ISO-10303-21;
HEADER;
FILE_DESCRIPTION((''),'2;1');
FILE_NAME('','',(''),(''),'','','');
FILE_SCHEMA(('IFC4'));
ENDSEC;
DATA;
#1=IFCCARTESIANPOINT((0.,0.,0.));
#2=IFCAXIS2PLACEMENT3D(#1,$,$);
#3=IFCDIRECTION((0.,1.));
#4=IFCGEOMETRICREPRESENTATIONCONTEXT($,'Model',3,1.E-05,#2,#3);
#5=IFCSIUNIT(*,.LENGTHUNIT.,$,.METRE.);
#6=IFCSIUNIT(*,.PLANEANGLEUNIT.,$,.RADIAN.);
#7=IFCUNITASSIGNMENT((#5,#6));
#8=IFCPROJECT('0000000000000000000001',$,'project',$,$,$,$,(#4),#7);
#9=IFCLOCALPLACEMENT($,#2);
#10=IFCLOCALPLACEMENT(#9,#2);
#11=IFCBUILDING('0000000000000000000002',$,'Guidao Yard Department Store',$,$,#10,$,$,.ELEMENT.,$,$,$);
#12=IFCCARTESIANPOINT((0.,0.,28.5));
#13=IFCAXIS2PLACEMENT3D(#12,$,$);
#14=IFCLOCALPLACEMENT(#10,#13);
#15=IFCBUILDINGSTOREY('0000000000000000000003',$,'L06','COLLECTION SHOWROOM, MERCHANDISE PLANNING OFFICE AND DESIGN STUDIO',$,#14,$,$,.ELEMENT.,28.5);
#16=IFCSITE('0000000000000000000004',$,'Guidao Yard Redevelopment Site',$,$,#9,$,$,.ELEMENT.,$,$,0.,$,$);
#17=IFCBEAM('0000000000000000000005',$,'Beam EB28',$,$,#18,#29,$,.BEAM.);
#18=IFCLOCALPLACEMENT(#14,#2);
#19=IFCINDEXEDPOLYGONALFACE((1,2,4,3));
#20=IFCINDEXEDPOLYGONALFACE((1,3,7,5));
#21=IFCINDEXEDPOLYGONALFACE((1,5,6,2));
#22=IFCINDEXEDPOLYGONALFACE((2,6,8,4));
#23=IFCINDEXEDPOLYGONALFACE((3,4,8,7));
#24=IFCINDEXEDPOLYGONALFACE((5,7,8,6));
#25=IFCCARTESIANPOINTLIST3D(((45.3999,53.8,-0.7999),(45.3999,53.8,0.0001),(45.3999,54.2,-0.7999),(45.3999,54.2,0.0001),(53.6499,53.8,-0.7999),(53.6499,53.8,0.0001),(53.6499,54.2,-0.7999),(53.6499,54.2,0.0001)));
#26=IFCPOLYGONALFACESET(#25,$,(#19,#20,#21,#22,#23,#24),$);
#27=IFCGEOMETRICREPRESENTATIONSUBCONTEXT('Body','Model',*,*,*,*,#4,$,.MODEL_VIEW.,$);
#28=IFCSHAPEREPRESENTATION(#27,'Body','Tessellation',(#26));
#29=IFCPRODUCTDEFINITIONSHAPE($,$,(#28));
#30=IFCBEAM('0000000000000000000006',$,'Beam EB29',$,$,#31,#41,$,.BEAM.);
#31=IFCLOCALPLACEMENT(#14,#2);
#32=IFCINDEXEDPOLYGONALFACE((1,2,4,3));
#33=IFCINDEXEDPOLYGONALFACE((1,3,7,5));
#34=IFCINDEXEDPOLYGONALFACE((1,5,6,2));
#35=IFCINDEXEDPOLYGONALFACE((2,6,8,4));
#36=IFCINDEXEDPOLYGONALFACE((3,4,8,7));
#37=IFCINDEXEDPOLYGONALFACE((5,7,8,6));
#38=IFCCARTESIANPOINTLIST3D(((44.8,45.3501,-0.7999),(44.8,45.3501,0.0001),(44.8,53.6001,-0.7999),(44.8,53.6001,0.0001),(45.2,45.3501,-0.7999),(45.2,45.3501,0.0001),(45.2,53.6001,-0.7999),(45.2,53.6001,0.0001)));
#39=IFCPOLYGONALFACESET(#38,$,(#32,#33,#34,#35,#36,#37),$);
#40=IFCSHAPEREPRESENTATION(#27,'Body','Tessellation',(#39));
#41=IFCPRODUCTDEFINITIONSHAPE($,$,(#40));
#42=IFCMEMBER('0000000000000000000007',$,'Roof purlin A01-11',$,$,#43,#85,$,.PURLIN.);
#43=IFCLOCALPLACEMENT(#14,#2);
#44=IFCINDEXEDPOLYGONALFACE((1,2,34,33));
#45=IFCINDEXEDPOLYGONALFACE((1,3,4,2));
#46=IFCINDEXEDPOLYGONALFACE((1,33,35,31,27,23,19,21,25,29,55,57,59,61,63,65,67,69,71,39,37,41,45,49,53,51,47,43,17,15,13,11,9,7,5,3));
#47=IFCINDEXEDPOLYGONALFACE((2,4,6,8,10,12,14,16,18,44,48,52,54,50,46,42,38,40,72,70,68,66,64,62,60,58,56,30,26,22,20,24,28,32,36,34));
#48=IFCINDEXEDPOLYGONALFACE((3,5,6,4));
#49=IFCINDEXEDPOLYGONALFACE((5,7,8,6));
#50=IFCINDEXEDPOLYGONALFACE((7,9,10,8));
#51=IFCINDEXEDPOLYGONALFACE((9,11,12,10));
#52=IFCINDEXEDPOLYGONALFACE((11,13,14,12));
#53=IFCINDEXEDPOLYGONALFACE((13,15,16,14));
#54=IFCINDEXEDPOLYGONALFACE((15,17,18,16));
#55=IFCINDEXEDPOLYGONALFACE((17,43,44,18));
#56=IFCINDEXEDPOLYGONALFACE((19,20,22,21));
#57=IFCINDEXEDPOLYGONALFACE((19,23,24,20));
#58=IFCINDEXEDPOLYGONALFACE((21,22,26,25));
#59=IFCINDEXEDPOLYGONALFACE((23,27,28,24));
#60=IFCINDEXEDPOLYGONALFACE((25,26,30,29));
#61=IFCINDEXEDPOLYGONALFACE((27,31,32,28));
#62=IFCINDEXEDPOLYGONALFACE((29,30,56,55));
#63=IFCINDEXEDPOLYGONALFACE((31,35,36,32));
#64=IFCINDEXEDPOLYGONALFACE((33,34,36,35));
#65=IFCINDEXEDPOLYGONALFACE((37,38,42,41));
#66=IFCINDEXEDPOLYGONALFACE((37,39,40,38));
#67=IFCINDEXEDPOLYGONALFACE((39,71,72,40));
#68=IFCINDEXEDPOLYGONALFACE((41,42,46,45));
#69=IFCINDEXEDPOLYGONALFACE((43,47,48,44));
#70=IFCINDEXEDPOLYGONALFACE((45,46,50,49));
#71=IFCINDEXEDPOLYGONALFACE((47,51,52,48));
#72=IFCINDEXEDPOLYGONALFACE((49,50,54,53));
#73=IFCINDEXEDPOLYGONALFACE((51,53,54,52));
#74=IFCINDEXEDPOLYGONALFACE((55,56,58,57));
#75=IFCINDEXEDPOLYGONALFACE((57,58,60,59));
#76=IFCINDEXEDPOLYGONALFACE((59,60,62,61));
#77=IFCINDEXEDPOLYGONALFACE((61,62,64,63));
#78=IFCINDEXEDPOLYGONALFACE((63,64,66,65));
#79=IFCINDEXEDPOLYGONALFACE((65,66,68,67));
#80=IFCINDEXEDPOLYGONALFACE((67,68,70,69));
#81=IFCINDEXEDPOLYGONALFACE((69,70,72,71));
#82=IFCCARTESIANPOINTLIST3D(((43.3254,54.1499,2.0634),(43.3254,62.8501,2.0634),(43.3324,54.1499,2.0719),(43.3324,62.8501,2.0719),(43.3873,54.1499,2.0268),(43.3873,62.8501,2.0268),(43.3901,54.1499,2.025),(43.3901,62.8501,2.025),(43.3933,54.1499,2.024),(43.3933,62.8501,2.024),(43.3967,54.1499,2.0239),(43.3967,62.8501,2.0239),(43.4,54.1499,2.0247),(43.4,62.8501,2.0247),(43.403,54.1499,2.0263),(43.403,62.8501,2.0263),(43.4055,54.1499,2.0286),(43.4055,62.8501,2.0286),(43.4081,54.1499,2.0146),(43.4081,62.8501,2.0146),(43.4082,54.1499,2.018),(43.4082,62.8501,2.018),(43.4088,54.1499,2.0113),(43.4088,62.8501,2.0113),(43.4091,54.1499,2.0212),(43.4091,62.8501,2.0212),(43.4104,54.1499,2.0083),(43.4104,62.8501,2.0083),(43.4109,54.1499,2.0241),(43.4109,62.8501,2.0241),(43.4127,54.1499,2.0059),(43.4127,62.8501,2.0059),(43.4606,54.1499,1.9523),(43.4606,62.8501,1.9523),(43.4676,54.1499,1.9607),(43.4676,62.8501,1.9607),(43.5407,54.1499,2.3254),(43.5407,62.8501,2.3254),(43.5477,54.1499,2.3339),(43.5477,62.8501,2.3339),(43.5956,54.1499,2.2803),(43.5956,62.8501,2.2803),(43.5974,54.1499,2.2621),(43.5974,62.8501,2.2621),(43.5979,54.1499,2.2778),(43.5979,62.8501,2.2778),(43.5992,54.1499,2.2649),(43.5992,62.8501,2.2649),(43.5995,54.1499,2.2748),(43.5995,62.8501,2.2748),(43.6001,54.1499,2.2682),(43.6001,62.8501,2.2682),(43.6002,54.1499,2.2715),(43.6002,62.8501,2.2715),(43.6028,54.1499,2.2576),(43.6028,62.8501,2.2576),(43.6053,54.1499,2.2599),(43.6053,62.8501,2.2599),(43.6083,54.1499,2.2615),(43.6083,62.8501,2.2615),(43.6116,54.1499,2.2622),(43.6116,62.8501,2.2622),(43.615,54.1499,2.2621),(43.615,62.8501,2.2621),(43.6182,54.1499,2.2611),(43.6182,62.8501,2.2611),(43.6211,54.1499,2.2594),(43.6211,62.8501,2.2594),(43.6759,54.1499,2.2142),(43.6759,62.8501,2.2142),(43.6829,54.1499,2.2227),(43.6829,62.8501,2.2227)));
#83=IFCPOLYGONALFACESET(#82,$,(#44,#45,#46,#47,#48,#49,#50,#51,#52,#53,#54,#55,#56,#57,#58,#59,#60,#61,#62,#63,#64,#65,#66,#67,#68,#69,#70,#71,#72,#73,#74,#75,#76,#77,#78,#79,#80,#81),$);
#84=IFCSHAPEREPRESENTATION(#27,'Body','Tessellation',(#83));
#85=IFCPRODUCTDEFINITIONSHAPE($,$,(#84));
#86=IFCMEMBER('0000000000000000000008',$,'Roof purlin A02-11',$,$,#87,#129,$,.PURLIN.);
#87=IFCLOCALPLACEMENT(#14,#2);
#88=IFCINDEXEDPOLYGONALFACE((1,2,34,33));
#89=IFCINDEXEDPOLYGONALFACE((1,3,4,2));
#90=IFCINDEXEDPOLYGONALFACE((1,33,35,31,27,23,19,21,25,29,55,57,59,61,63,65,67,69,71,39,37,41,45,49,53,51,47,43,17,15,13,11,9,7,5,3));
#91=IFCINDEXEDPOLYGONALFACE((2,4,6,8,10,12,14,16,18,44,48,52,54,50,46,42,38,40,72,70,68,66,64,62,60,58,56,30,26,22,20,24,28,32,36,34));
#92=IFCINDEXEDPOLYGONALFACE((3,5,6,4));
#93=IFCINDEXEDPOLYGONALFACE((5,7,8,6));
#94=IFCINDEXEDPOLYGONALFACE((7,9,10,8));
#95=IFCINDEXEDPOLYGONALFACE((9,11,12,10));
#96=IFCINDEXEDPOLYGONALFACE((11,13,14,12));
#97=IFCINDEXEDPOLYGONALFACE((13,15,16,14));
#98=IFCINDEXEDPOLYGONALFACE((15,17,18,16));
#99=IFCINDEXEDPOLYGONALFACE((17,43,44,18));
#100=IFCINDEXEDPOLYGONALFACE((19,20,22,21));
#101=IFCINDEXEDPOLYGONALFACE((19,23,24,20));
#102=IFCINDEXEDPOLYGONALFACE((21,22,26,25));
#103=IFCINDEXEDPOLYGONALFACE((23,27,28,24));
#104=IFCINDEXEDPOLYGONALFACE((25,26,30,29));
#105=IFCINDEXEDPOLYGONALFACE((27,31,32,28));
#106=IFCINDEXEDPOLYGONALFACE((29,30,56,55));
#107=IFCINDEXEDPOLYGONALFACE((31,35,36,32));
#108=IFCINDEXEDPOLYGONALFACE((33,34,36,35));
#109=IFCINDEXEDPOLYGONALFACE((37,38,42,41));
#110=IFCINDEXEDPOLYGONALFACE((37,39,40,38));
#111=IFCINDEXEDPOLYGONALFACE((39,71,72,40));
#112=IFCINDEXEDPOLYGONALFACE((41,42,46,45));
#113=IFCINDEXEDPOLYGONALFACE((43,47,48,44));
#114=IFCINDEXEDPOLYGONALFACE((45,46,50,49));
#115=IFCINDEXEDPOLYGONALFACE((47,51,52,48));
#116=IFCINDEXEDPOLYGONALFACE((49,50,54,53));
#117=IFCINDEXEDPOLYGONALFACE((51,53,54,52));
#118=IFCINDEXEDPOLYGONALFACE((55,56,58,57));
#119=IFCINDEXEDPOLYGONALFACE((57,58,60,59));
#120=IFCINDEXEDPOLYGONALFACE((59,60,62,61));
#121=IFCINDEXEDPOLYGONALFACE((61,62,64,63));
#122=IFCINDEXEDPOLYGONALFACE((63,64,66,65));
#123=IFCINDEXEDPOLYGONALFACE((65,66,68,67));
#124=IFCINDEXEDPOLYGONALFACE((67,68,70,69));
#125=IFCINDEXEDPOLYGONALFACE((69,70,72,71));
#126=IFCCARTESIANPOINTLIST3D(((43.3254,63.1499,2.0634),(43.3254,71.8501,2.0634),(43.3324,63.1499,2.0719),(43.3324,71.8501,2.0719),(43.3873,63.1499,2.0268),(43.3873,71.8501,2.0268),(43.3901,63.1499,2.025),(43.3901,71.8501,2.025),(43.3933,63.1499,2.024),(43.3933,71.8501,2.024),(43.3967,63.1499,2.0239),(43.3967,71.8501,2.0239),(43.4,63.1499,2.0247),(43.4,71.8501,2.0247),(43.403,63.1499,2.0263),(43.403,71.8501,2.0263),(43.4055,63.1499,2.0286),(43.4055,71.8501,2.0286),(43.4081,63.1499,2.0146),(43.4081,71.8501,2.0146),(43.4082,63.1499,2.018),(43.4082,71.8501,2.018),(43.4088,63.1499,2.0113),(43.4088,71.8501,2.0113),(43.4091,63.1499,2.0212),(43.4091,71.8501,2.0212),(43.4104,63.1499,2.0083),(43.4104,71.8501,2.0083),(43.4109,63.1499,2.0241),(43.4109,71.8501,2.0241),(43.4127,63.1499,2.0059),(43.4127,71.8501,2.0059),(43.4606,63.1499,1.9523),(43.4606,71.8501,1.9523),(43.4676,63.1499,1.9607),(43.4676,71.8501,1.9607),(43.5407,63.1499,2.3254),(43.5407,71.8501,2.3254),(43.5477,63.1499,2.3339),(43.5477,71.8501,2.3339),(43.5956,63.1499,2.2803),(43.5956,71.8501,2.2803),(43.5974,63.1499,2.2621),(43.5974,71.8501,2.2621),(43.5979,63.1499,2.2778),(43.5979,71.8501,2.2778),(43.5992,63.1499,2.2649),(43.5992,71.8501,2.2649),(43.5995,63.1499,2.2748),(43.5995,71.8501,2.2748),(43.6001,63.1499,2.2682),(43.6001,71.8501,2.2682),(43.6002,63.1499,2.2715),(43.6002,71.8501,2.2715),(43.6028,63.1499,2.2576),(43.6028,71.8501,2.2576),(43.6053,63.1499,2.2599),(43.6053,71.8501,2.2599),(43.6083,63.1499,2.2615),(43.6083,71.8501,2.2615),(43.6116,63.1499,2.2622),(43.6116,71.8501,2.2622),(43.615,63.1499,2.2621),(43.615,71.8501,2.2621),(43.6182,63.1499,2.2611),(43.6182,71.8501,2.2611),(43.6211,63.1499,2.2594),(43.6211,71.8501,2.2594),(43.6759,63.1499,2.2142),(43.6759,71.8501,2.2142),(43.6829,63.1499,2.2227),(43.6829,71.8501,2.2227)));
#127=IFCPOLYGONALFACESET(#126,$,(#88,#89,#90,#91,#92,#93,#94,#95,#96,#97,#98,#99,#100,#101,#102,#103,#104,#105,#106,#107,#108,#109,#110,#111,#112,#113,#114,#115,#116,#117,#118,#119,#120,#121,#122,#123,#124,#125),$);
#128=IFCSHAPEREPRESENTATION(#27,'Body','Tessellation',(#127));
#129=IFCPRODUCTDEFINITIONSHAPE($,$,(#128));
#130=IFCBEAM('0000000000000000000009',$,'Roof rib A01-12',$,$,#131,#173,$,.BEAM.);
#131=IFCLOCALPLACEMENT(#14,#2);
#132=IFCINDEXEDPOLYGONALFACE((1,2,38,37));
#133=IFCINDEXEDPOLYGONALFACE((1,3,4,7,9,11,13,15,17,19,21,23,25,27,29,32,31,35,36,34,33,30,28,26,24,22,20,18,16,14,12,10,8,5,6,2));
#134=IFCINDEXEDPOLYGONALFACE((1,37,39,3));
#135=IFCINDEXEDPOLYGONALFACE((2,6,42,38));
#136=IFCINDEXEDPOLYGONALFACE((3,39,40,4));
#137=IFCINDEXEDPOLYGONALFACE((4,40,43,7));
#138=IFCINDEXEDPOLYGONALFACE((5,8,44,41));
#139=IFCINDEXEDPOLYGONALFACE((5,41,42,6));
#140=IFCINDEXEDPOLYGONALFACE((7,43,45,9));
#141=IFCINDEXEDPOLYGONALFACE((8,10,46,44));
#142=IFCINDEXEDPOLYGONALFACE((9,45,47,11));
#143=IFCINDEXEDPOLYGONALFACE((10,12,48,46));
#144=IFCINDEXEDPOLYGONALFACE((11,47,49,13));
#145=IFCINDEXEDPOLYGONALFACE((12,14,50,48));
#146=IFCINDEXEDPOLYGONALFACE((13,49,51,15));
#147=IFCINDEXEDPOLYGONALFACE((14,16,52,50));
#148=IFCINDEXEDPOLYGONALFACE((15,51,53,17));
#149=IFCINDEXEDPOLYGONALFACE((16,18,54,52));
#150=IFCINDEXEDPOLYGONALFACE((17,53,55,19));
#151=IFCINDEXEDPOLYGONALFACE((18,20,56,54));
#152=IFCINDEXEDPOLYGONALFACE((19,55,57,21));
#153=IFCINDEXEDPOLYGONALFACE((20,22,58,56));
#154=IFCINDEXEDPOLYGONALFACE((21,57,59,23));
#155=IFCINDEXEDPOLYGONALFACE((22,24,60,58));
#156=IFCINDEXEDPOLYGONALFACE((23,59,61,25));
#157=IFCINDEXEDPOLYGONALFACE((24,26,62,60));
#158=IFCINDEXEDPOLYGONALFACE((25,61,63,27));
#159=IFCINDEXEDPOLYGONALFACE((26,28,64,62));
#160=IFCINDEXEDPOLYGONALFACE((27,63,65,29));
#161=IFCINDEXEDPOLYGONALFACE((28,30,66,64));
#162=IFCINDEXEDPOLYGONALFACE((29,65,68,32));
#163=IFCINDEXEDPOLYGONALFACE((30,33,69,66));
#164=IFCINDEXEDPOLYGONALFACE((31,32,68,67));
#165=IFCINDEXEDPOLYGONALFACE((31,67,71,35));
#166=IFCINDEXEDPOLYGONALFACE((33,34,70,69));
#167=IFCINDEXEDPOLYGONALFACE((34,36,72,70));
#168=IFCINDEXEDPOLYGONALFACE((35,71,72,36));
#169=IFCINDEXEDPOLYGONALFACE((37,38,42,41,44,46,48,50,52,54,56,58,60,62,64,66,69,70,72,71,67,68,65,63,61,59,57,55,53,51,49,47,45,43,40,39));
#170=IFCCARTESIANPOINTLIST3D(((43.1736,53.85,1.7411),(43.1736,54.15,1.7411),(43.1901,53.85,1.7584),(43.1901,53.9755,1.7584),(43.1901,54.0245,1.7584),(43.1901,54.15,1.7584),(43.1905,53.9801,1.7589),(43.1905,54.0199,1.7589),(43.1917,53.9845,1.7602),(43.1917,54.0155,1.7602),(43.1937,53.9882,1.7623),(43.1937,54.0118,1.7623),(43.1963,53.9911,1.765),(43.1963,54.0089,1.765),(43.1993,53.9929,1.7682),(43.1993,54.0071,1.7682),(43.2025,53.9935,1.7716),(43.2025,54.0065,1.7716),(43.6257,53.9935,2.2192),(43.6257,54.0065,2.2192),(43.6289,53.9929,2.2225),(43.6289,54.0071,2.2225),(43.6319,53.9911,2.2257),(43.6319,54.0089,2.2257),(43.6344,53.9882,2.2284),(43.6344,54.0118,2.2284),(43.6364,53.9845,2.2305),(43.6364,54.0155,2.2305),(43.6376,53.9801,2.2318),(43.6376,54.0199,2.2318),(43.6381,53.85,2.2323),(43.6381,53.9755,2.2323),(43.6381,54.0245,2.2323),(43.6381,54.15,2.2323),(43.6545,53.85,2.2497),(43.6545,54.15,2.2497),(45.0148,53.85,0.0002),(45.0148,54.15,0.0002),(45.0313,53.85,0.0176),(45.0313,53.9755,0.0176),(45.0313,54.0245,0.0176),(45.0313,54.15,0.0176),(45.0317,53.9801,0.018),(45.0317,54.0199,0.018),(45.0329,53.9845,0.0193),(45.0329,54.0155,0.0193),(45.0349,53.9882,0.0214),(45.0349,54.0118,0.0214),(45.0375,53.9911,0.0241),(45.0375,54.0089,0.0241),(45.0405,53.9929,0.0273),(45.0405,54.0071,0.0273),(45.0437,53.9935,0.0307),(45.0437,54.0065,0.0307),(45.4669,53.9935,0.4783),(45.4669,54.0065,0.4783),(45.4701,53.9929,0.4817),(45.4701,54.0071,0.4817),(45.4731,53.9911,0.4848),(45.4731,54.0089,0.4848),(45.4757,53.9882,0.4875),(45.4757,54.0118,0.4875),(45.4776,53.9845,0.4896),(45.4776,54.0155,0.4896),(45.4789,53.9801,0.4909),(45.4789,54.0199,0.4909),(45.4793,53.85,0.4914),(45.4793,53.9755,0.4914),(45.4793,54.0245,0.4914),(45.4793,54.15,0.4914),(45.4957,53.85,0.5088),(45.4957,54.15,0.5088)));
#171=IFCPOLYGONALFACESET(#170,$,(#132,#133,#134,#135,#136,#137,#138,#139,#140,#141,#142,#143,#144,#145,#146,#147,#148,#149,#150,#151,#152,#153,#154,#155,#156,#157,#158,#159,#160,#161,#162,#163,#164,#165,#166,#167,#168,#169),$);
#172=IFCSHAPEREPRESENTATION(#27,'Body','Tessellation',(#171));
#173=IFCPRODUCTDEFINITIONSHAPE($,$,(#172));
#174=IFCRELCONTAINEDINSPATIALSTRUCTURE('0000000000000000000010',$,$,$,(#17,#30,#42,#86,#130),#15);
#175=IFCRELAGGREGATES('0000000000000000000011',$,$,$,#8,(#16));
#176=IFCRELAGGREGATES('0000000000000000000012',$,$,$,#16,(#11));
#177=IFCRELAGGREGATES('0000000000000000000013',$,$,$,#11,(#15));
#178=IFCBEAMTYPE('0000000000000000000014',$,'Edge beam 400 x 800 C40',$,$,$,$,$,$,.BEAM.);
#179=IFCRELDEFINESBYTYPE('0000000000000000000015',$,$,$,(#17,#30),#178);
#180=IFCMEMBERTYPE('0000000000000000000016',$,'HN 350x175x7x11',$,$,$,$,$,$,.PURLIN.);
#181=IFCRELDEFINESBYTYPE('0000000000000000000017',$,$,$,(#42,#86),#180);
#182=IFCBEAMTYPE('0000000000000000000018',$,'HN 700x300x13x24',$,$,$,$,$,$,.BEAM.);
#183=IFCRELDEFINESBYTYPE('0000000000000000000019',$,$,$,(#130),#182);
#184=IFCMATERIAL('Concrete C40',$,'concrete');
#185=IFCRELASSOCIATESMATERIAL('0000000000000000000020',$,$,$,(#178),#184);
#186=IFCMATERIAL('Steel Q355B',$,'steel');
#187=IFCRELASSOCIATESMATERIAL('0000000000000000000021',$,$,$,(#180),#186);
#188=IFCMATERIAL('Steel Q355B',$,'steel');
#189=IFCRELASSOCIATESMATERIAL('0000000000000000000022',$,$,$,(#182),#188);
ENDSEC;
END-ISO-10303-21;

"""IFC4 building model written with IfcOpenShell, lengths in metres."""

from ifc_helpers import new_model, si_unit, direction, frame, origin, origin_2d, place, context, subcontext, project, spatial, rectangle, i_section, extrude, material, material_profile, profile_set, type_object, element, save


model = new_model("IFC4")

# Units and contexts
model_context = context("Model", 3, precision=1e-05, world=origin(), true_north=direction((0.0, 1.0)))
body_context = subcontext(model_context, "Body", "Model", "MODEL_VIEW")
ifc_project = project(units=[si_unit("LENGTHUNIT", "METRE"), si_unit("PLANEANGLEUNIT", "RADIAN")], contexts=[model_context])

# Site, building, storey
site_placement = place(None, origin())
site = spatial("IfcSite", under=ifc_project, at=site_placement, Name="Guidao Yard Redevelopment Site", CompositionType="ELEMENT", RefElevation=0.0)
building_placement = place(site_placement, origin())
building = spatial("IfcBuilding", under=site, at=building_placement, Name="Guidao Yard Department Store", CompositionType="ELEMENT")
storey_placement = place(building_placement, frame((0.0, 0.0, 28.5)))
storey = spatial("IfcBuildingStorey", under=building, at=storey_placement, Name="L06", Description="COLLECTION SHOWROOM, MERCHANDISE PLANNING OFFICE AND DESIGN STUDIO", CompositionType="ELEMENT", Elevation=28.5)

# Beams
ifc_material_1 = material(Name="Concrete C40", Category="concrete")
ifc_material_profile_1 = material_profile(ifc_material_1, rectangle(XDim=0.3999, YDim=0.8, at=origin_2d()), Name="Edge beam 400 x 800 C40")
ifc_profile_set_1 = profile_set([ifc_material_profile_1], Name="Concrete C40")
beam_type_1 = type_object("IfcBeamType", Name="Edge beam 400 x 800 C40", PredefinedType="BEAM", material=ifc_profile_set_1)
for number, where, z_axis, x_axis, name in (
    (1, (45.3999, 54.0, -0.3999), (1.0, 0.0, 0.0), (0.0, 1.0, 0.0), "Beam EB28"),
    (2, (45.0, 45.3501, -0.3999), (0.0, 1.0, 0.0), (-1.0, 0.0, 0.0), "Beam EB29"),
):
    element("IfcBeam", number, at=place(storey_placement, frame(where, z_axis=z_axis, x_axis=x_axis)), inside=storey, type_object=beam_type_1, Name=name, PredefinedType="BEAM", context=body_context, shape_type="SweptSolid", body=[
        extrude(rectangle(XDim=0.3999, YDim=0.8, at=origin_2d()), origin(), (0.0, 0.0, 1.0), 8.25),
    ])

# Members
ifc_material_2 = material(Name="Steel Q355B", Category="steel")
ifc_material_profile_2 = material_profile(ifc_material_2, i_section(OverallWidth=0.175, OverallDepth=0.3501, WebThickness=0.0071, FlangeThickness=0.011, FilletRadius=0.0129, at=origin_2d()), Name="HN 350x175x7x11")
ifc_profile_set_2 = profile_set([ifc_material_profile_2], Name="Steel Q355B")
member_type_1 = type_object("IfcMemberType", Name="HN 350x175x7x11", PredefinedType="PURLIN", material=ifc_profile_set_2)
for number, where, z_axis, x_axis, name in (
    (3, (43.5042, 54.1499, 2.1431), (0.0, 1.0, 0.0), (-0.77257, 0.0, 0.63493), "Roof purlin A01-11"),
    (4, (43.5042, 63.1499, 2.1431), (0.0, 1.0, 0.0), (-0.77257, 0.0, 0.63493), "Roof purlin A02-11"),
):
    element("IfcMember", number, at=place(storey_placement, frame(where, z_axis=z_axis, x_axis=x_axis)), inside=storey, type_object=member_type_1, Name=name, PredefinedType="PURLIN", context=body_context, shape_type="SweptSolid", body=[
        extrude(i_section(OverallWidth=0.175, OverallDepth=0.3501, WebThickness=0.0071, FlangeThickness=0.011, FilletRadius=0.0129, at=origin_2d()), origin(), (0.0, 0.0, 1.0), 8.7002),
    ])

# Beam
ifc_material_3 = material(Name="Steel Q355B", Category="steel")
ifc_material_profile_3 = material_profile(ifc_material_3, i_section(OverallWidth=0.3, OverallDepth=0.7, WebThickness=0.0129, FlangeThickness=0.0239, FilletRadius=0.0181, at=origin_2d()), Name="HN 700x300x13x24")
ifc_profile_set_3 = profile_set([ifc_material_profile_3], Name="Steel Q355B")
beam_type_2 = type_object("IfcBeamType", Name="HN 700x300x13x24", PredefinedType="BEAM", material=ifc_profile_set_3)
for number, where, z_axis, x_axis, name in (
    (5, (43.4141, 54.0, 1.9954), (0.726628, 0.0, -0.687031), (0.0, 1.0, 0.0), "Roof rib A01-12"),
):
    element("IfcBeam", number, at=place(storey_placement, frame(where, z_axis=z_axis, x_axis=x_axis)), inside=storey, type_object=beam_type_2, Name=name, PredefinedType="BEAM", context=body_context, shape_type="SweptSolid", body=[
        extrude(i_section(OverallWidth=0.3, OverallDepth=0.7, WebThickness=0.0129, FlangeThickness=0.0239, FilletRadius=0.0181, at=origin_2d()), origin(), (0.0, 0.0, 1.0), 2.5339),
    ])

save(model, "model.ifc")
